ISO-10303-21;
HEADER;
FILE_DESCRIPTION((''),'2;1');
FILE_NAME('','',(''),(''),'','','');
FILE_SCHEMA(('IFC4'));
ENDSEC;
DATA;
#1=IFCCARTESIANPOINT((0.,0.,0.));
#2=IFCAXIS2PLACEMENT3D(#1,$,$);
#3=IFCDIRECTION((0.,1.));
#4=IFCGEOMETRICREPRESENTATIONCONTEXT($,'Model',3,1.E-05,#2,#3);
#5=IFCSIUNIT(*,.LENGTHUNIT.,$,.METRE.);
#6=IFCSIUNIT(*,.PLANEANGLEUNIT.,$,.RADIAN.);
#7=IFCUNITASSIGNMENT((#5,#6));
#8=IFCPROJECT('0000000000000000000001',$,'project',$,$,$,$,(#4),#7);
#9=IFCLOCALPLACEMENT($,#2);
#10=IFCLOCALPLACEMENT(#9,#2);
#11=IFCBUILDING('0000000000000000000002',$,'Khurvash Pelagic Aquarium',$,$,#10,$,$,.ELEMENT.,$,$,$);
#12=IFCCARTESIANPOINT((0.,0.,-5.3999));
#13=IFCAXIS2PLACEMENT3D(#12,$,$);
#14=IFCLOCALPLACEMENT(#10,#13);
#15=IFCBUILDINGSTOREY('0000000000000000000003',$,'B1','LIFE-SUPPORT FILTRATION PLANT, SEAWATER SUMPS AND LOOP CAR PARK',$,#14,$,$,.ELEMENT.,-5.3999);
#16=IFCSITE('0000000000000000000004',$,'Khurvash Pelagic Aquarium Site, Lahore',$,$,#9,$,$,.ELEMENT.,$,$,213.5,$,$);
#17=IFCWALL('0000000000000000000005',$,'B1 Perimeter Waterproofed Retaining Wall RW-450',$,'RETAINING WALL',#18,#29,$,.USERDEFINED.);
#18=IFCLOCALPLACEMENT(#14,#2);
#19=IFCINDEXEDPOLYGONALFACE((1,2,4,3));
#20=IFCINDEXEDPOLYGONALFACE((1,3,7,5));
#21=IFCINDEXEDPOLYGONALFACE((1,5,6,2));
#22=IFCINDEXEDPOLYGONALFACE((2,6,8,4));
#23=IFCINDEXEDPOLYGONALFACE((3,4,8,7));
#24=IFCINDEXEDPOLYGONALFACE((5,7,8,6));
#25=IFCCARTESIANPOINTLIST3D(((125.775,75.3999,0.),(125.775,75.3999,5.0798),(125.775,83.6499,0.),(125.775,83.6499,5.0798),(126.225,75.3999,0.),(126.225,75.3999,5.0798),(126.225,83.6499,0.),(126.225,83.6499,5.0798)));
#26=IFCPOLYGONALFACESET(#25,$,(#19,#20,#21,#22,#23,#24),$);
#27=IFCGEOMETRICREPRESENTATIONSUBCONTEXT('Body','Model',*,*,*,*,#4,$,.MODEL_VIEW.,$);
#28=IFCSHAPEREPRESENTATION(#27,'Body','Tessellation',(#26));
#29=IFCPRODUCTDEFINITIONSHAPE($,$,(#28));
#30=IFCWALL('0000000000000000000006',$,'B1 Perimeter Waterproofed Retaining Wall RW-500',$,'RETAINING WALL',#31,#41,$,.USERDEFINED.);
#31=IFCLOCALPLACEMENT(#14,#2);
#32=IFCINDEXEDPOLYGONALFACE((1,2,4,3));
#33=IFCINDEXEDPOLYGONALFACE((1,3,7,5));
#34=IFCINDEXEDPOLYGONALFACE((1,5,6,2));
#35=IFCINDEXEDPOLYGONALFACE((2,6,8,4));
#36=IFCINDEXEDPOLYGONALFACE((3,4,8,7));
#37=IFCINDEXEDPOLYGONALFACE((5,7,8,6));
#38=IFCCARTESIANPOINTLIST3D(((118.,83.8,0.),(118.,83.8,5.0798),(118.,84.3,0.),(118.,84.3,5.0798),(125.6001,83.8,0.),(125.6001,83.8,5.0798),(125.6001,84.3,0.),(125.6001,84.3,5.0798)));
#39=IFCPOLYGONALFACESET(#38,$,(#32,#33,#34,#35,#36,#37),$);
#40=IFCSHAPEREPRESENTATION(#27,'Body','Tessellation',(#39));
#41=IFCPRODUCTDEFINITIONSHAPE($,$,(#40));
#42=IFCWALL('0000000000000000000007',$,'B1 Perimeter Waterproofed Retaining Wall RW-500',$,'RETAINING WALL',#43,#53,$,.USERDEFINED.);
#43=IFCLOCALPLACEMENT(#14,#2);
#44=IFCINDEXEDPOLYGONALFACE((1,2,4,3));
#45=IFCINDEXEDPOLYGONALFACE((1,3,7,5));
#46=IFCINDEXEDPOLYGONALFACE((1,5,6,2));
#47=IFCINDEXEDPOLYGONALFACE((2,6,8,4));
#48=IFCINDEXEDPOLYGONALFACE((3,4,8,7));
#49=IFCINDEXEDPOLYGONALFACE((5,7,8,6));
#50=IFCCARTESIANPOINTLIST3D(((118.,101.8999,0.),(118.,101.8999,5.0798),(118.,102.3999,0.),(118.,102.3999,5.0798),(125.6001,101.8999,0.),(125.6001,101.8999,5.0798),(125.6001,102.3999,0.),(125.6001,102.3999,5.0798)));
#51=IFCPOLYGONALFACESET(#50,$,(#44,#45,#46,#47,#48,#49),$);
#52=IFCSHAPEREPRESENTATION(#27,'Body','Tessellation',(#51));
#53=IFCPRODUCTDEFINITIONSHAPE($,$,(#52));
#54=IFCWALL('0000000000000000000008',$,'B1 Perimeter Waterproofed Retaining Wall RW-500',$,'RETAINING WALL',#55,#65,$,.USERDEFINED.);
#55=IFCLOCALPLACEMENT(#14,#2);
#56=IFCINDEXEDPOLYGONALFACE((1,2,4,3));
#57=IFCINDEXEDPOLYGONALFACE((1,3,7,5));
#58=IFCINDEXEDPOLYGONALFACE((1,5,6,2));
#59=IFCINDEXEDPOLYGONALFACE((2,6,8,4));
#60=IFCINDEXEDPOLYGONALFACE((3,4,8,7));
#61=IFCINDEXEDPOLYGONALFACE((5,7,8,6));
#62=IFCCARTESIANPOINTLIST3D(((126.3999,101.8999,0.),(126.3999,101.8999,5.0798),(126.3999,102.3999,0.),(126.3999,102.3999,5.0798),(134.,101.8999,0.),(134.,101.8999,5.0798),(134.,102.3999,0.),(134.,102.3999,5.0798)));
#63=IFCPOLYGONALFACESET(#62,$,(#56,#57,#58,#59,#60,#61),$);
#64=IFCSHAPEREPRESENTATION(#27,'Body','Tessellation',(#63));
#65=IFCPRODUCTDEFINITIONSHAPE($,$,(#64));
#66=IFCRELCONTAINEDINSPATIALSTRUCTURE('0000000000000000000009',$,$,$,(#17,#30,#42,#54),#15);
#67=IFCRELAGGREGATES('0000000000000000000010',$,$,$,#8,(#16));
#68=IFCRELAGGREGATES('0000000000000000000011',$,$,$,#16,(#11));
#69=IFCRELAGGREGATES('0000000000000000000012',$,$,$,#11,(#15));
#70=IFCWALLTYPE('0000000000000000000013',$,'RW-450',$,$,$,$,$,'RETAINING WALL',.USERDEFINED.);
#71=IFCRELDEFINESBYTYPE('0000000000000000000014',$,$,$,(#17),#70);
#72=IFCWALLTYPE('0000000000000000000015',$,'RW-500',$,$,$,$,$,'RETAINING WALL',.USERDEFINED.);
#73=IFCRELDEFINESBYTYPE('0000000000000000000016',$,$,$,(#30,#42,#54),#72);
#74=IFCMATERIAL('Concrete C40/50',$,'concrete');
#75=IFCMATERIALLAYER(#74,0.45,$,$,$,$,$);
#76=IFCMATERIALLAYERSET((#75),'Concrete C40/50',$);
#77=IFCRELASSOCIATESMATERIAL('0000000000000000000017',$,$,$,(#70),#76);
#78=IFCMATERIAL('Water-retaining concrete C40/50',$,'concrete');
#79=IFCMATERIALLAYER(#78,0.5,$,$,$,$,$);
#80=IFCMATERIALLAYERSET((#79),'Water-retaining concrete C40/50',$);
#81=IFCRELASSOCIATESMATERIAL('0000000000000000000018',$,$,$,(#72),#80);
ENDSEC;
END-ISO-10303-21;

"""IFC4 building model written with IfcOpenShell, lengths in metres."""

from ifc_helpers import new_model, si_unit, direction, frame, frame_2d, origin, place, context, subcontext, project, spatial, rectangle, extrude, material, layer, layer_set, type_object, element, save


model = new_model("IFC4")

# Units and contexts
model_context = context("Model", 3, precision=1e-05, world=origin(), true_north=direction((0.0, 1.0)))
body_context = subcontext(model_context, "Body", "Model", "MODEL_VIEW")
ifc_project = project(units=[si_unit("LENGTHUNIT", "METRE"), si_unit("PLANEANGLEUNIT", "RADIAN")], contexts=[model_context])

# Site, building, storey
site_placement = place(None, origin())
site = spatial("IfcSite", under=ifc_project, at=site_placement, Name="Khurvash Pelagic Aquarium Site, Lahore", CompositionType="ELEMENT", RefElevation=213.5)
building_placement = place(site_placement, origin())
building = spatial("IfcBuilding", under=site, at=building_placement, Name="Khurvash Pelagic Aquarium", CompositionType="ELEMENT")
storey_placement = place(building_placement, frame((0.0, 0.0, -5.3999)))
storey = spatial("IfcBuildingStorey", under=building, at=storey_placement, Name="B1", Description="LIFE-SUPPORT FILTRATION PLANT, SEAWATER SUMPS AND LOOP CAR PARK", CompositionType="ELEMENT", Elevation=-5.3999)

# Shared definitions
ifc_material_1 = material(Name="Concrete C40/50", Category="concrete")

# Walls
ifc_layer_1 = layer(ifc_material_1, 0.45)
ifc_layer_set_1 = layer_set([ifc_layer_1], Name="Concrete C40/50")
wall_type_1 = type_object("IfcWallType", Name="RW-450", ElementType="RETAINING WALL", PredefinedType="USERDEFINED", material=ifc_layer_set_1)
wall_placement = place(storey_placement, frame((126.0, 75.3999, 0.0), z_axis=(0.0, 0.0, 1.0), x_axis=(0.0, 1.0, 0.0)))
element("IfcWall", 1, at=wall_placement, inside=storey, type_object=wall_type_1, Name="B1 Perimeter Waterproofed Retaining Wall RW-450", ObjectType="RETAINING WALL", PredefinedType="USERDEFINED", context=body_context, shape_type="SweptSolid", body=[
    extrude(rectangle(XDim=8.25, YDim=0.45, at=frame_2d((4.125, 0.0))), origin(), (0.0, 0.0, 1.0), 5.0798),
])
ifc_material_2 = material(Name="Water-retaining concrete C40/50", Category="concrete")
ifc_layer_2 = layer(ifc_material_2, 0.5)
ifc_layer_set_2 = layer_set([ifc_layer_2], Name="Water-retaining concrete C40/50")
wall_type_2 = type_object("IfcWallType", Name="RW-500", ElementType="RETAINING WALL", PredefinedType="USERDEFINED", material=ifc_layer_set_2)
for number, where, z_axis, x_axis, name in (
    (2, (125.6001, 84.05, 0.0), (0.0, 0.0, 1.0), (-1.0, 0.0, 0.0), "B1 Perimeter Waterproofed Retaining Wall RW-500"),
    (3, (118.0, 102.1499, 0.0), (0.0, 0.0, 1.0), (1.0, 0.0, 0.0), "B1 Perimeter Waterproofed Retaining Wall RW-500"),
    (4, (126.3999, 102.1499, 0.0), (0.0, 0.0, 1.0), (1.0, 0.0, 0.0), "B1 Perimeter Waterproofed Retaining Wall RW-500"),
):
    element("IfcWall", number, at=place(storey_placement, frame(where, z_axis=z_axis, x_axis=x_axis)), inside=storey, type_object=wall_type_2, Name=name, ObjectType="RETAINING WALL", PredefinedType="USERDEFINED", context=body_context, shape_type="SweptSolid", body=[
        extrude(rectangle(XDim=7.6001, YDim=0.5, at=frame_2d((3.8, 0.0))), origin(), (0.0, 0.0, 1.0), 5.0798),
    ])

save(model, "model.ifc")
